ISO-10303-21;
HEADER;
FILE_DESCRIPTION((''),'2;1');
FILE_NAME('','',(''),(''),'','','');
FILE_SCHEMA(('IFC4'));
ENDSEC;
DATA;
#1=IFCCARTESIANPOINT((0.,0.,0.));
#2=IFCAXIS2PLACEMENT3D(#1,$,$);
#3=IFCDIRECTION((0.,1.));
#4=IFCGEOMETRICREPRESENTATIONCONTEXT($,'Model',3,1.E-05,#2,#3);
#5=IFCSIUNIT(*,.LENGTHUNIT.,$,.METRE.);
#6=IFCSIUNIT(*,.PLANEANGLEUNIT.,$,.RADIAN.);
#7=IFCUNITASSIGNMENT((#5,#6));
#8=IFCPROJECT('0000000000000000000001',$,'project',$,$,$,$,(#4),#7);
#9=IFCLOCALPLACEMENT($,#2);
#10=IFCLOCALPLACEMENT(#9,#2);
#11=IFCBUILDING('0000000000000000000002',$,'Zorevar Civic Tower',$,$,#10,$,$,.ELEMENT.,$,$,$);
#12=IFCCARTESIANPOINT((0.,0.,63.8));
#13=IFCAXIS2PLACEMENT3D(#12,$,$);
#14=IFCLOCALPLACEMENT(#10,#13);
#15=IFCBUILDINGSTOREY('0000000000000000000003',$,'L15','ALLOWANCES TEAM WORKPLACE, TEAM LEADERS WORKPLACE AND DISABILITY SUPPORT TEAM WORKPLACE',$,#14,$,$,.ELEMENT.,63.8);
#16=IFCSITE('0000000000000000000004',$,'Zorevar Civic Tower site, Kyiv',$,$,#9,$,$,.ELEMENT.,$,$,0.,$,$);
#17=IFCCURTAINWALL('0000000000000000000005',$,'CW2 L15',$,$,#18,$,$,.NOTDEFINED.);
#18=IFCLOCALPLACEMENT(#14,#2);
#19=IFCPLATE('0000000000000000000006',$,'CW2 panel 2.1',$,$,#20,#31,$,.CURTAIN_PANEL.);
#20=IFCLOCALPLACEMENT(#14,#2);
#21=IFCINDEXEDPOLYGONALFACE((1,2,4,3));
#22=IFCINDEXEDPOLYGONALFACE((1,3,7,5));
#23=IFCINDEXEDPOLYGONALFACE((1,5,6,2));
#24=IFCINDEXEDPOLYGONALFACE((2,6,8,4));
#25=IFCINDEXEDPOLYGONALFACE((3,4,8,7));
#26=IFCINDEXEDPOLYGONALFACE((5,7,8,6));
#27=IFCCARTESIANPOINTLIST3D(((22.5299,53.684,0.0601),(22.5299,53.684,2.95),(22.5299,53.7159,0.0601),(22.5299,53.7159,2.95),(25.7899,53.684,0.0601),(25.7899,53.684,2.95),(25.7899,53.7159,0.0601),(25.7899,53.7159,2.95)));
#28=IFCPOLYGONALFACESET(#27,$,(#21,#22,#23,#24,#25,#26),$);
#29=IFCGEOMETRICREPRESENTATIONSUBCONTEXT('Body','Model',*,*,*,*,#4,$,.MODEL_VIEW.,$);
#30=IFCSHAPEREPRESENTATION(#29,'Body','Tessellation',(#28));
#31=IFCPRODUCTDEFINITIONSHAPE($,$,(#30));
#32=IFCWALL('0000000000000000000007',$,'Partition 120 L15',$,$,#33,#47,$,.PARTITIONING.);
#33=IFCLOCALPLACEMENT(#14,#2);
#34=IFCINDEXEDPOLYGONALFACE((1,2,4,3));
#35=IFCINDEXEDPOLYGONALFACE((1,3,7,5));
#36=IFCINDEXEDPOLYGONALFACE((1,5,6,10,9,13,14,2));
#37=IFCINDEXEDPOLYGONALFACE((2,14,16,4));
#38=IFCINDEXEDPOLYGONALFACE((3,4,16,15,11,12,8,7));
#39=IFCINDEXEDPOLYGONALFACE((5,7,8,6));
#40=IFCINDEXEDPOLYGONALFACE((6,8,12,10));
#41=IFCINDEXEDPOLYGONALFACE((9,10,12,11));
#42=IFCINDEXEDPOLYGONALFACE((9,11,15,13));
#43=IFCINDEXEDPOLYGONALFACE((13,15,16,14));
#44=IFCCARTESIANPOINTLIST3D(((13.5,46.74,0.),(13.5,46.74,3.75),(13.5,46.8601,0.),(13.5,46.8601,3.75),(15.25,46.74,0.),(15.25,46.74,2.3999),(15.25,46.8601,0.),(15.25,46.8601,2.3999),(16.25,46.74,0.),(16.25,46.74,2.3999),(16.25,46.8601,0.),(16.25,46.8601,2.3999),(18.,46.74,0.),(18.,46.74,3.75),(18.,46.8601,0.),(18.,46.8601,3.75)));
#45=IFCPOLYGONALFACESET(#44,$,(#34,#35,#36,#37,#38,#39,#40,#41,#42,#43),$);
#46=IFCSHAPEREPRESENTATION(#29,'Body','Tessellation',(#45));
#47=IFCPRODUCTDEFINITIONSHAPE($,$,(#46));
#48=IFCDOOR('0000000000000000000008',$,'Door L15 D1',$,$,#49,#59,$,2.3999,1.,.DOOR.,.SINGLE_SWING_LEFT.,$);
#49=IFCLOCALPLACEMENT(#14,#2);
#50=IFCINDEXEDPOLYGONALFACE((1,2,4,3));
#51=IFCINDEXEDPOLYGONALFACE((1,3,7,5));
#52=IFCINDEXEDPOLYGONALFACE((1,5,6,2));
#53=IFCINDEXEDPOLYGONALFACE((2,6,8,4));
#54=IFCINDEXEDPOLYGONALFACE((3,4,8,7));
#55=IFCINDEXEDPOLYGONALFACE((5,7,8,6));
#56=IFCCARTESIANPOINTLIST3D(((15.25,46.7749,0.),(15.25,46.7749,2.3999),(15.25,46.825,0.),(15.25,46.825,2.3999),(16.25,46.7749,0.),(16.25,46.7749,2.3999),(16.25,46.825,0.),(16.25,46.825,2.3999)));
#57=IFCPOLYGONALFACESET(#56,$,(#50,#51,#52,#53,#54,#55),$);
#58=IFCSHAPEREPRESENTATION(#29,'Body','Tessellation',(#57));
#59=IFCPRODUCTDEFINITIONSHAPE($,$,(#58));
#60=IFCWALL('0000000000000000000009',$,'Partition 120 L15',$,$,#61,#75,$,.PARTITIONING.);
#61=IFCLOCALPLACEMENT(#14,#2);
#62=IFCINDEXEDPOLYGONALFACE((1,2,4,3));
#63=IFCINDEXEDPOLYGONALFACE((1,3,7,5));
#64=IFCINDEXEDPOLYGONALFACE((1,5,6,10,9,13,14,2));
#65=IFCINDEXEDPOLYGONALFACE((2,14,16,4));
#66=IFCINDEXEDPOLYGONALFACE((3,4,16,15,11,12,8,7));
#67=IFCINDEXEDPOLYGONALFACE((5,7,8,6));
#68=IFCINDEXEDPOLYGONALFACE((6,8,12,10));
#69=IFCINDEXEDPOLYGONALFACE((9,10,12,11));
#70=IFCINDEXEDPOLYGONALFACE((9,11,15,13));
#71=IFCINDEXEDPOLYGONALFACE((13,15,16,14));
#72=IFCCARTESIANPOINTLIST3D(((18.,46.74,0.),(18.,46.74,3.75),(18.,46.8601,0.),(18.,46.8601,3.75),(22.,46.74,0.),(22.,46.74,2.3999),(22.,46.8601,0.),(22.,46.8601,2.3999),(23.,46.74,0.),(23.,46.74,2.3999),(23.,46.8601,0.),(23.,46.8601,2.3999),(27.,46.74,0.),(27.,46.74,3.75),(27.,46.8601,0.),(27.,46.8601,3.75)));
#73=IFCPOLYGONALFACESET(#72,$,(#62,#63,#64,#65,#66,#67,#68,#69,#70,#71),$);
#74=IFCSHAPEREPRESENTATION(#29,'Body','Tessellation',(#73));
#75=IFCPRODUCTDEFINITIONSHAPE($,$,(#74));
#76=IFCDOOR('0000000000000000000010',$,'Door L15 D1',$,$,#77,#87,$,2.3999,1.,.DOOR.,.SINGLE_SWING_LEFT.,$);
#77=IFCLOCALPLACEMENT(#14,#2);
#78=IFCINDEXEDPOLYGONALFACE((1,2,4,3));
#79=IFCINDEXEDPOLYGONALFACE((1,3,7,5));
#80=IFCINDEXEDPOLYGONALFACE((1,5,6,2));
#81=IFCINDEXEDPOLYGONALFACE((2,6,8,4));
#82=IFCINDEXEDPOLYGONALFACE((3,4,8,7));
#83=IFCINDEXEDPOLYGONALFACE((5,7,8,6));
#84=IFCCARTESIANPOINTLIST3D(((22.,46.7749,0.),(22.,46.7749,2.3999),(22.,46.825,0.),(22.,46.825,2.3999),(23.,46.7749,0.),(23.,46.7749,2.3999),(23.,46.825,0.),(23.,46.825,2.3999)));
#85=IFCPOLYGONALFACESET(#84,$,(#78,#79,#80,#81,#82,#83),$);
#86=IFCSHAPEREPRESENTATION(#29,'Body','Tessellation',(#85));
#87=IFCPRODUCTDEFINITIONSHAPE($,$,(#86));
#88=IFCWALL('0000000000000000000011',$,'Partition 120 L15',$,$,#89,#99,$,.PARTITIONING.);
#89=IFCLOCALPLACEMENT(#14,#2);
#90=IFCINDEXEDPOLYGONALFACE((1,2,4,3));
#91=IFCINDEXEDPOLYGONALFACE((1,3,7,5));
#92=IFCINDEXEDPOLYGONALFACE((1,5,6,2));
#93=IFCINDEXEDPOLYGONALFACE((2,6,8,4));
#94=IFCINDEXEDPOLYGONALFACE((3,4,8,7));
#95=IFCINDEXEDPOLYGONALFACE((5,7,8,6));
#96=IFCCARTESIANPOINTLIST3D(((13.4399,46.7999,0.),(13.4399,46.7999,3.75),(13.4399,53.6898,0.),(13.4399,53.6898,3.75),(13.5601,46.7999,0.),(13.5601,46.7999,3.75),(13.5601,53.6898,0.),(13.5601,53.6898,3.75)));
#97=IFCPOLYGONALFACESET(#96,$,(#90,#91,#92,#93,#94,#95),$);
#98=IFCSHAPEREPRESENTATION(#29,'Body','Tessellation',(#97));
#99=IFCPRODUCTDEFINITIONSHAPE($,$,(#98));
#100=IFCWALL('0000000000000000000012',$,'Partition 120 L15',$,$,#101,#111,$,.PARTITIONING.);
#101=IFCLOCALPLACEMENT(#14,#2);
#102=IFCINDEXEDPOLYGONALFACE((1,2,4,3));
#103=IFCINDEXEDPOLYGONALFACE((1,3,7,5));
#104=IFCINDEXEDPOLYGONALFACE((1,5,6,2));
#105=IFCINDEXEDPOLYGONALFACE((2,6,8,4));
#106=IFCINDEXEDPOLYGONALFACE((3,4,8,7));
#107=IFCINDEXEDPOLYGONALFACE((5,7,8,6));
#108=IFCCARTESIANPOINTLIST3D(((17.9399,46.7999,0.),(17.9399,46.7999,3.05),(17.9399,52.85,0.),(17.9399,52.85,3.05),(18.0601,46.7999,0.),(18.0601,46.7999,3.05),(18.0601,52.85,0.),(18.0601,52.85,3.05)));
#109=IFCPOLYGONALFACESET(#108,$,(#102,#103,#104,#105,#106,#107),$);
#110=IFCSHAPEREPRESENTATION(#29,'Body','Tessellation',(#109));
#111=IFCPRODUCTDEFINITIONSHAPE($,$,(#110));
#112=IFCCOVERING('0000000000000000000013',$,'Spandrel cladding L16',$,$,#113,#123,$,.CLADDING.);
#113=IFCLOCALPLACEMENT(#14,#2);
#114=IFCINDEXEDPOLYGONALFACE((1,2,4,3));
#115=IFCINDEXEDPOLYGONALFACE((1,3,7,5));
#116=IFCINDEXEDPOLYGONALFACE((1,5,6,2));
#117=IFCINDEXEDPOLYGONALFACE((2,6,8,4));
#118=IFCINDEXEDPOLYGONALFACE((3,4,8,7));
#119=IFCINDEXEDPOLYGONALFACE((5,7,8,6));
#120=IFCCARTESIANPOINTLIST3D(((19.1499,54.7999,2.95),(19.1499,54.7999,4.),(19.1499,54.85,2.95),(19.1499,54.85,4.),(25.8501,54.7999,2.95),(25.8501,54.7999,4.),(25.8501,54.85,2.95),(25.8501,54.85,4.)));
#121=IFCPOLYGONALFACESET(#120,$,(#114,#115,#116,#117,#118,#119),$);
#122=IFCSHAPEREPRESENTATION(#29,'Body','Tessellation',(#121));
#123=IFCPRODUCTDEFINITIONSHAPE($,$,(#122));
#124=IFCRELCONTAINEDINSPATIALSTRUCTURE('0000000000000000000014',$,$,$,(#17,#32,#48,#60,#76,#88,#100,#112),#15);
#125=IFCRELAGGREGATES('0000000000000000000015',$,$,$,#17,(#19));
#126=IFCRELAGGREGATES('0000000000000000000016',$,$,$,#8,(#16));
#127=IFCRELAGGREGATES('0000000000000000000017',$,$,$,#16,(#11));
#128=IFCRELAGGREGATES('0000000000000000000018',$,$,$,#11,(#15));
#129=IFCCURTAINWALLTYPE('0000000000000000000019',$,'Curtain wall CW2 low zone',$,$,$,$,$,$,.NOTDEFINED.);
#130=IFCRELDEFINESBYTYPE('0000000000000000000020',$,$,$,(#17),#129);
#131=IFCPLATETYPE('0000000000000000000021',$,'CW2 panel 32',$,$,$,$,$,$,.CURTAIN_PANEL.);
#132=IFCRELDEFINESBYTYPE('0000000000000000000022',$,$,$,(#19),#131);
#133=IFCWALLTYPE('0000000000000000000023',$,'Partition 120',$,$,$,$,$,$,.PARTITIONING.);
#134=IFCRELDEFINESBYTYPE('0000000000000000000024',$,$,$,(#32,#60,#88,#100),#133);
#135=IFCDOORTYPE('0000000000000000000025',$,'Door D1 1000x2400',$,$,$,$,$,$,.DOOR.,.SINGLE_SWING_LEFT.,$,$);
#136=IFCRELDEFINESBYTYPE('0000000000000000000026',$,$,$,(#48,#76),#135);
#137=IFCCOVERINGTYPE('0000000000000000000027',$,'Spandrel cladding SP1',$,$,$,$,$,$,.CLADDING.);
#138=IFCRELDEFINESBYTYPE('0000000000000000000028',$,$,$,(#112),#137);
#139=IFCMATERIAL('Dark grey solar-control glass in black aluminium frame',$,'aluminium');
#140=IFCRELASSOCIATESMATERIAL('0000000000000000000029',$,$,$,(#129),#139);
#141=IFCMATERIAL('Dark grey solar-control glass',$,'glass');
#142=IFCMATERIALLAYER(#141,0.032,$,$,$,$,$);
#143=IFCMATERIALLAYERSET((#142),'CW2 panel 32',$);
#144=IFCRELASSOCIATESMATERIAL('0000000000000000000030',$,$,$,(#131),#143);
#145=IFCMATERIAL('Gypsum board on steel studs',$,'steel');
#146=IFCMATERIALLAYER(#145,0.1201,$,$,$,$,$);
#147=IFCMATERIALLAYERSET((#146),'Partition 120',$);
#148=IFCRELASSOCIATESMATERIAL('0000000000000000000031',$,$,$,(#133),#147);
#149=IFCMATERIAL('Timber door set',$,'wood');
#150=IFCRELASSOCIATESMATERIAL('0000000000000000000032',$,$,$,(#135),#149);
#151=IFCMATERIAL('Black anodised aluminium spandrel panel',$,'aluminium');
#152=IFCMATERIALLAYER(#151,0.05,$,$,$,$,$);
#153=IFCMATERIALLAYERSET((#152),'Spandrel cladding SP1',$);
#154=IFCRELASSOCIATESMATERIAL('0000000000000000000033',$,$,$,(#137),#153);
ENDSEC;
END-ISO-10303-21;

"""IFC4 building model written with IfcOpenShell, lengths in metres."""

from ifc_helpers import new_model, si_unit, direction, frame, frame_2d, origin, origin_2d, place, context, subcontext, project, spatial, rectangle, extrude, material, layer, layer_set, type_object, element, fill, aggregate, save


model = new_model("IFC4")

# Units and contexts
model_context = context("Model", 3, precision=1e-05, world=origin(), true_north=direction((0.0, 1.0)))
body_context = subcontext(model_context, "Body", "Model", "MODEL_VIEW")
ifc_project = project(units=[si_unit("LENGTHUNIT", "METRE"), si_unit("PLANEANGLEUNIT", "RADIAN")], contexts=[model_context])

# Site, building, storey
site_placement = place(None, origin())
site = spatial("IfcSite", under=ifc_project, at=site_placement, Name="Zorevar Civic Tower site, Kyiv", CompositionType="ELEMENT", RefElevation=0.0)
building_placement = place(site_placement, origin())
building = spatial("IfcBuilding", under=site, at=building_placement, Name="Zorevar Civic Tower", CompositionType="ELEMENT")
storey_placement = place(building_placement, frame((0.0, 0.0, 63.8)))
storey = spatial("IfcBuildingStorey", under=building, at=storey_placement, Name="L15", Description="ALLOWANCES TEAM WORKPLACE, TEAM LEADERS WORKPLACE AND DISABILITY SUPPORT TEAM WORKPLACE", CompositionType="ELEMENT", Elevation=63.8)

# Curtain wall
ifc_material_1 = material(Name="Dark grey solar-control glass in black aluminium frame", Category="aluminium")
curtain_wall_type = type_object("IfcCurtainWallType", Name="Curtain wall CW2 low zone", PredefinedType="NOTDEFINED", material=ifc_material_1)
curtain_wall_1_placement = place(storey_placement, origin())
curtain_wall_1 = element("IfcCurtainWall", 1, at=curtain_wall_1_placement, inside=storey, type_object=curtain_wall_type, Name="CW2 L15", PredefinedType="NOTDEFINED")

# Plate
ifc_material_2 = material(Name="Dark grey solar-control glass", Category="glass")
ifc_layer_1 = layer(ifc_material_2, 0.032)
ifc_layer_set_1 = layer_set([ifc_layer_1], Name="CW2 panel 32")
plate_type = type_object("IfcPlateType", Name="CW2 panel 32", PredefinedType="CURTAIN_PANEL", material=ifc_layer_set_1)
plate_1_placement = place(storey_placement, frame((24.1599, 53.7, 0.0601), z_axis=(0.0, 0.0, 1.0), x_axis=(1.0, 0.0, 0.0)))
plate_1 = element("IfcPlate", 2, at=plate_1_placement, type_object=plate_type, Name="CW2 panel 2.1", PredefinedType="CURTAIN_PANEL", context=body_context, shape_type="SweptSolid", body=[
    extrude(rectangle(XDim=3.26, YDim=0.032, at=origin_2d()), origin(), (0.0, 0.0, 1.0), 2.8899),
])
aggregate(curtain_wall_1, [plate_1])

# Walls, openings, doors
ifc_material_3 = material(Name="Gypsum board on steel studs", Category="steel")
ifc_layer_2 = layer(ifc_material_3, 0.1201)
ifc_layer_set_2 = layer_set([ifc_layer_2], Name="Partition 120")
wall_type = type_object("IfcWallType", Name="Partition 120", PredefinedType="PARTITIONING", material=ifc_layer_set_2)
wall_1_placement = place(storey_placement, frame((13.5, 46.8, 0.0), z_axis=(0.0, 0.0, 1.0), x_axis=(1.0, 0.0, 0.0)))
wall_1 = element("IfcWall", 3, at=wall_1_placement, inside=storey, type_object=wall_type, Name="Partition 120 L15", PredefinedType="PARTITIONING", context=body_context, shape_type="SweptSolid", body=[
    extrude(rectangle(XDim=4.5, YDim=0.1201, at=frame_2d((2.25, 0.0))), origin(), (0.0, 0.0, 1.0), 3.75),
])
opening_1_placement = place(wall_1_placement, frame((1.75, 0.0, 0.0)))
opening_1 = element("IfcOpeningElement", 4, at=opening_1_placement, cuts=wall_1, PredefinedType="OPENING", context=body_context, shape_type="SweptSolid", body=[
    extrude(rectangle(XDim=1.0, YDim=2.3999, at=frame_2d((0.5, 1.2))), frame((0.0, 0.0701, 0.0), z_axis=(0.0, -1.0, 0.0), x_axis=(1.0, 0.0, 0.0)), (0.0, 0.0, 1.0), 0.1401),
])
ifc_material_4 = material(Name="Timber door set", Category="wood")
door_type = type_object("IfcDoorType", Name="Door D1 1000x2400", OperationType="SINGLE_SWING_LEFT", PredefinedType="DOOR", material=ifc_material_4)
door_1_placement = place(opening_1_placement, origin())
door_1 = element("IfcDoor", 5, at=door_1_placement, inside=storey, type_object=door_type, Name="Door L15 D1", OperationType="SINGLE_SWING_LEFT", OverallHeight=2.3999, OverallWidth=1.0, PredefinedType="DOOR", context=body_context, shape_type="SweptSolid", body=[
    extrude(rectangle(XDim=1.0, YDim=2.3999, at=frame_2d((0.5, 1.2))), frame((0.0, 0.0249, 0.0), z_axis=(0.0, -1.0, 0.0), x_axis=(1.0, 0.0, 0.0)), (0.0, 0.0, 1.0), 0.05),
])
fill(opening_1, door_1)
wall_2_placement = place(storey_placement, frame((18.0, 46.8, 0.0), z_axis=(0.0, 0.0, 1.0), x_axis=(1.0, 0.0, 0.0)))
wall_2 = element("IfcWall", 6, at=wall_2_placement, inside=storey, type_object=wall_type, Name="Partition 120 L15", PredefinedType="PARTITIONING", context=body_context, shape_type="SweptSolid", body=[
    extrude(rectangle(XDim=9.0, YDim=0.1201, at=frame_2d((4.5, 0.0))), origin(), (0.0, 0.0, 1.0), 3.75),
])
opening_2_placement = place(wall_2_placement, frame((4.0, 0.0, 0.0)))
opening_2 = element("IfcOpeningElement", 7, at=opening_2_placement, cuts=wall_2, PredefinedType="OPENING", context=body_context, shape_type="SweptSolid", body=[
    extrude(rectangle(XDim=1.0, YDim=2.3999, at=frame_2d((0.5, 1.2))), frame((0.0, 0.0701, 0.0), z_axis=(0.0, -1.0, 0.0), x_axis=(1.0, 0.0, 0.0)), (0.0, 0.0, 1.0), 0.1401),
])
door_2_placement = place(opening_2_placement, origin())
door_2 = element("IfcDoor", 8, at=door_2_placement, inside=storey, type_object=door_type, Name="Door L15 D1", OperationType="SINGLE_SWING_LEFT", OverallHeight=2.3999, OverallWidth=1.0, PredefinedType="DOOR", context=body_context, shape_type="SweptSolid", body=[
    extrude(rectangle(XDim=1.0, YDim=2.3999, at=frame_2d((0.5, 1.2))), frame((0.0, 0.0249, 0.0), z_axis=(0.0, -1.0, 0.0), x_axis=(1.0, 0.0, 0.0)), (0.0, 0.0, 1.0), 0.05),
])
fill(opening_2, door_2)

# Walls
wall_3_placement = place(storey_placement, frame((13.5, 46.8, 0.0), z_axis=(0.0, 0.0, 1.0), x_axis=(0.0, 1.0, 0.0)))
element("IfcWall", 9, at=wall_3_placement, inside=storey, type_object=wall_type, Name="Partition 120 L15", PredefinedType="PARTITIONING", context=body_context, shape_type="SweptSolid", body=[
    extrude(rectangle(XDim=6.8899, YDim=0.1201, at=frame_2d((3.4448, 0.0))), origin(), (0.0, 0.0, 1.0), 3.75),
])
wall_4_placement = place(storey_placement, frame((18.0, 46.8, 0.0), z_axis=(0.0, 0.0, 1.0), x_axis=(0.0, 1.0, 0.0)))
element("IfcWall", 10, at=wall_4_placement, inside=storey, type_object=wall_type, Name="Partition 120 L15", PredefinedType="PARTITIONING", context=body_context, shape_type="SweptSolid", body=[
    extrude(rectangle(XDim=6.05, YDim=0.1201, at=frame_2d((3.0249, 0.0))), origin(), (0.0, 0.0, 1.0), 3.05),
])

# Covering
ifc_material_5 = material(Name="Black anodised aluminium spandrel panel", Category="aluminium")
ifc_layer_3 = layer(ifc_material_5, 0.05)
ifc_layer_set_3 = layer_set([ifc_layer_3], Name="Spandrel cladding SP1")
covering_type = type_object("IfcCoveringType", Name="Spandrel cladding SP1", PredefinedType="CLADDING", material=ifc_layer_set_3)
covering_placement = place(storey_placement, frame((19.1499, 54.825, 2.95), z_axis=(0.0, 0.0, 1.0), x_axis=(1.0, 0.0, 0.0)))
element("IfcCovering", 11, at=covering_placement, inside=storey, type_object=covering_type, Name="Spandrel cladding L16", PredefinedType="CLADDING", context=body_context, shape_type="SweptSolid", body=[
    extrude(rectangle(XDim=6.7002, YDim=0.05, at=frame_2d((3.3501, 0.0))), origin(), (0.0, 0.0, 1.0), 1.05),
])

save(model, "model.ifc")
